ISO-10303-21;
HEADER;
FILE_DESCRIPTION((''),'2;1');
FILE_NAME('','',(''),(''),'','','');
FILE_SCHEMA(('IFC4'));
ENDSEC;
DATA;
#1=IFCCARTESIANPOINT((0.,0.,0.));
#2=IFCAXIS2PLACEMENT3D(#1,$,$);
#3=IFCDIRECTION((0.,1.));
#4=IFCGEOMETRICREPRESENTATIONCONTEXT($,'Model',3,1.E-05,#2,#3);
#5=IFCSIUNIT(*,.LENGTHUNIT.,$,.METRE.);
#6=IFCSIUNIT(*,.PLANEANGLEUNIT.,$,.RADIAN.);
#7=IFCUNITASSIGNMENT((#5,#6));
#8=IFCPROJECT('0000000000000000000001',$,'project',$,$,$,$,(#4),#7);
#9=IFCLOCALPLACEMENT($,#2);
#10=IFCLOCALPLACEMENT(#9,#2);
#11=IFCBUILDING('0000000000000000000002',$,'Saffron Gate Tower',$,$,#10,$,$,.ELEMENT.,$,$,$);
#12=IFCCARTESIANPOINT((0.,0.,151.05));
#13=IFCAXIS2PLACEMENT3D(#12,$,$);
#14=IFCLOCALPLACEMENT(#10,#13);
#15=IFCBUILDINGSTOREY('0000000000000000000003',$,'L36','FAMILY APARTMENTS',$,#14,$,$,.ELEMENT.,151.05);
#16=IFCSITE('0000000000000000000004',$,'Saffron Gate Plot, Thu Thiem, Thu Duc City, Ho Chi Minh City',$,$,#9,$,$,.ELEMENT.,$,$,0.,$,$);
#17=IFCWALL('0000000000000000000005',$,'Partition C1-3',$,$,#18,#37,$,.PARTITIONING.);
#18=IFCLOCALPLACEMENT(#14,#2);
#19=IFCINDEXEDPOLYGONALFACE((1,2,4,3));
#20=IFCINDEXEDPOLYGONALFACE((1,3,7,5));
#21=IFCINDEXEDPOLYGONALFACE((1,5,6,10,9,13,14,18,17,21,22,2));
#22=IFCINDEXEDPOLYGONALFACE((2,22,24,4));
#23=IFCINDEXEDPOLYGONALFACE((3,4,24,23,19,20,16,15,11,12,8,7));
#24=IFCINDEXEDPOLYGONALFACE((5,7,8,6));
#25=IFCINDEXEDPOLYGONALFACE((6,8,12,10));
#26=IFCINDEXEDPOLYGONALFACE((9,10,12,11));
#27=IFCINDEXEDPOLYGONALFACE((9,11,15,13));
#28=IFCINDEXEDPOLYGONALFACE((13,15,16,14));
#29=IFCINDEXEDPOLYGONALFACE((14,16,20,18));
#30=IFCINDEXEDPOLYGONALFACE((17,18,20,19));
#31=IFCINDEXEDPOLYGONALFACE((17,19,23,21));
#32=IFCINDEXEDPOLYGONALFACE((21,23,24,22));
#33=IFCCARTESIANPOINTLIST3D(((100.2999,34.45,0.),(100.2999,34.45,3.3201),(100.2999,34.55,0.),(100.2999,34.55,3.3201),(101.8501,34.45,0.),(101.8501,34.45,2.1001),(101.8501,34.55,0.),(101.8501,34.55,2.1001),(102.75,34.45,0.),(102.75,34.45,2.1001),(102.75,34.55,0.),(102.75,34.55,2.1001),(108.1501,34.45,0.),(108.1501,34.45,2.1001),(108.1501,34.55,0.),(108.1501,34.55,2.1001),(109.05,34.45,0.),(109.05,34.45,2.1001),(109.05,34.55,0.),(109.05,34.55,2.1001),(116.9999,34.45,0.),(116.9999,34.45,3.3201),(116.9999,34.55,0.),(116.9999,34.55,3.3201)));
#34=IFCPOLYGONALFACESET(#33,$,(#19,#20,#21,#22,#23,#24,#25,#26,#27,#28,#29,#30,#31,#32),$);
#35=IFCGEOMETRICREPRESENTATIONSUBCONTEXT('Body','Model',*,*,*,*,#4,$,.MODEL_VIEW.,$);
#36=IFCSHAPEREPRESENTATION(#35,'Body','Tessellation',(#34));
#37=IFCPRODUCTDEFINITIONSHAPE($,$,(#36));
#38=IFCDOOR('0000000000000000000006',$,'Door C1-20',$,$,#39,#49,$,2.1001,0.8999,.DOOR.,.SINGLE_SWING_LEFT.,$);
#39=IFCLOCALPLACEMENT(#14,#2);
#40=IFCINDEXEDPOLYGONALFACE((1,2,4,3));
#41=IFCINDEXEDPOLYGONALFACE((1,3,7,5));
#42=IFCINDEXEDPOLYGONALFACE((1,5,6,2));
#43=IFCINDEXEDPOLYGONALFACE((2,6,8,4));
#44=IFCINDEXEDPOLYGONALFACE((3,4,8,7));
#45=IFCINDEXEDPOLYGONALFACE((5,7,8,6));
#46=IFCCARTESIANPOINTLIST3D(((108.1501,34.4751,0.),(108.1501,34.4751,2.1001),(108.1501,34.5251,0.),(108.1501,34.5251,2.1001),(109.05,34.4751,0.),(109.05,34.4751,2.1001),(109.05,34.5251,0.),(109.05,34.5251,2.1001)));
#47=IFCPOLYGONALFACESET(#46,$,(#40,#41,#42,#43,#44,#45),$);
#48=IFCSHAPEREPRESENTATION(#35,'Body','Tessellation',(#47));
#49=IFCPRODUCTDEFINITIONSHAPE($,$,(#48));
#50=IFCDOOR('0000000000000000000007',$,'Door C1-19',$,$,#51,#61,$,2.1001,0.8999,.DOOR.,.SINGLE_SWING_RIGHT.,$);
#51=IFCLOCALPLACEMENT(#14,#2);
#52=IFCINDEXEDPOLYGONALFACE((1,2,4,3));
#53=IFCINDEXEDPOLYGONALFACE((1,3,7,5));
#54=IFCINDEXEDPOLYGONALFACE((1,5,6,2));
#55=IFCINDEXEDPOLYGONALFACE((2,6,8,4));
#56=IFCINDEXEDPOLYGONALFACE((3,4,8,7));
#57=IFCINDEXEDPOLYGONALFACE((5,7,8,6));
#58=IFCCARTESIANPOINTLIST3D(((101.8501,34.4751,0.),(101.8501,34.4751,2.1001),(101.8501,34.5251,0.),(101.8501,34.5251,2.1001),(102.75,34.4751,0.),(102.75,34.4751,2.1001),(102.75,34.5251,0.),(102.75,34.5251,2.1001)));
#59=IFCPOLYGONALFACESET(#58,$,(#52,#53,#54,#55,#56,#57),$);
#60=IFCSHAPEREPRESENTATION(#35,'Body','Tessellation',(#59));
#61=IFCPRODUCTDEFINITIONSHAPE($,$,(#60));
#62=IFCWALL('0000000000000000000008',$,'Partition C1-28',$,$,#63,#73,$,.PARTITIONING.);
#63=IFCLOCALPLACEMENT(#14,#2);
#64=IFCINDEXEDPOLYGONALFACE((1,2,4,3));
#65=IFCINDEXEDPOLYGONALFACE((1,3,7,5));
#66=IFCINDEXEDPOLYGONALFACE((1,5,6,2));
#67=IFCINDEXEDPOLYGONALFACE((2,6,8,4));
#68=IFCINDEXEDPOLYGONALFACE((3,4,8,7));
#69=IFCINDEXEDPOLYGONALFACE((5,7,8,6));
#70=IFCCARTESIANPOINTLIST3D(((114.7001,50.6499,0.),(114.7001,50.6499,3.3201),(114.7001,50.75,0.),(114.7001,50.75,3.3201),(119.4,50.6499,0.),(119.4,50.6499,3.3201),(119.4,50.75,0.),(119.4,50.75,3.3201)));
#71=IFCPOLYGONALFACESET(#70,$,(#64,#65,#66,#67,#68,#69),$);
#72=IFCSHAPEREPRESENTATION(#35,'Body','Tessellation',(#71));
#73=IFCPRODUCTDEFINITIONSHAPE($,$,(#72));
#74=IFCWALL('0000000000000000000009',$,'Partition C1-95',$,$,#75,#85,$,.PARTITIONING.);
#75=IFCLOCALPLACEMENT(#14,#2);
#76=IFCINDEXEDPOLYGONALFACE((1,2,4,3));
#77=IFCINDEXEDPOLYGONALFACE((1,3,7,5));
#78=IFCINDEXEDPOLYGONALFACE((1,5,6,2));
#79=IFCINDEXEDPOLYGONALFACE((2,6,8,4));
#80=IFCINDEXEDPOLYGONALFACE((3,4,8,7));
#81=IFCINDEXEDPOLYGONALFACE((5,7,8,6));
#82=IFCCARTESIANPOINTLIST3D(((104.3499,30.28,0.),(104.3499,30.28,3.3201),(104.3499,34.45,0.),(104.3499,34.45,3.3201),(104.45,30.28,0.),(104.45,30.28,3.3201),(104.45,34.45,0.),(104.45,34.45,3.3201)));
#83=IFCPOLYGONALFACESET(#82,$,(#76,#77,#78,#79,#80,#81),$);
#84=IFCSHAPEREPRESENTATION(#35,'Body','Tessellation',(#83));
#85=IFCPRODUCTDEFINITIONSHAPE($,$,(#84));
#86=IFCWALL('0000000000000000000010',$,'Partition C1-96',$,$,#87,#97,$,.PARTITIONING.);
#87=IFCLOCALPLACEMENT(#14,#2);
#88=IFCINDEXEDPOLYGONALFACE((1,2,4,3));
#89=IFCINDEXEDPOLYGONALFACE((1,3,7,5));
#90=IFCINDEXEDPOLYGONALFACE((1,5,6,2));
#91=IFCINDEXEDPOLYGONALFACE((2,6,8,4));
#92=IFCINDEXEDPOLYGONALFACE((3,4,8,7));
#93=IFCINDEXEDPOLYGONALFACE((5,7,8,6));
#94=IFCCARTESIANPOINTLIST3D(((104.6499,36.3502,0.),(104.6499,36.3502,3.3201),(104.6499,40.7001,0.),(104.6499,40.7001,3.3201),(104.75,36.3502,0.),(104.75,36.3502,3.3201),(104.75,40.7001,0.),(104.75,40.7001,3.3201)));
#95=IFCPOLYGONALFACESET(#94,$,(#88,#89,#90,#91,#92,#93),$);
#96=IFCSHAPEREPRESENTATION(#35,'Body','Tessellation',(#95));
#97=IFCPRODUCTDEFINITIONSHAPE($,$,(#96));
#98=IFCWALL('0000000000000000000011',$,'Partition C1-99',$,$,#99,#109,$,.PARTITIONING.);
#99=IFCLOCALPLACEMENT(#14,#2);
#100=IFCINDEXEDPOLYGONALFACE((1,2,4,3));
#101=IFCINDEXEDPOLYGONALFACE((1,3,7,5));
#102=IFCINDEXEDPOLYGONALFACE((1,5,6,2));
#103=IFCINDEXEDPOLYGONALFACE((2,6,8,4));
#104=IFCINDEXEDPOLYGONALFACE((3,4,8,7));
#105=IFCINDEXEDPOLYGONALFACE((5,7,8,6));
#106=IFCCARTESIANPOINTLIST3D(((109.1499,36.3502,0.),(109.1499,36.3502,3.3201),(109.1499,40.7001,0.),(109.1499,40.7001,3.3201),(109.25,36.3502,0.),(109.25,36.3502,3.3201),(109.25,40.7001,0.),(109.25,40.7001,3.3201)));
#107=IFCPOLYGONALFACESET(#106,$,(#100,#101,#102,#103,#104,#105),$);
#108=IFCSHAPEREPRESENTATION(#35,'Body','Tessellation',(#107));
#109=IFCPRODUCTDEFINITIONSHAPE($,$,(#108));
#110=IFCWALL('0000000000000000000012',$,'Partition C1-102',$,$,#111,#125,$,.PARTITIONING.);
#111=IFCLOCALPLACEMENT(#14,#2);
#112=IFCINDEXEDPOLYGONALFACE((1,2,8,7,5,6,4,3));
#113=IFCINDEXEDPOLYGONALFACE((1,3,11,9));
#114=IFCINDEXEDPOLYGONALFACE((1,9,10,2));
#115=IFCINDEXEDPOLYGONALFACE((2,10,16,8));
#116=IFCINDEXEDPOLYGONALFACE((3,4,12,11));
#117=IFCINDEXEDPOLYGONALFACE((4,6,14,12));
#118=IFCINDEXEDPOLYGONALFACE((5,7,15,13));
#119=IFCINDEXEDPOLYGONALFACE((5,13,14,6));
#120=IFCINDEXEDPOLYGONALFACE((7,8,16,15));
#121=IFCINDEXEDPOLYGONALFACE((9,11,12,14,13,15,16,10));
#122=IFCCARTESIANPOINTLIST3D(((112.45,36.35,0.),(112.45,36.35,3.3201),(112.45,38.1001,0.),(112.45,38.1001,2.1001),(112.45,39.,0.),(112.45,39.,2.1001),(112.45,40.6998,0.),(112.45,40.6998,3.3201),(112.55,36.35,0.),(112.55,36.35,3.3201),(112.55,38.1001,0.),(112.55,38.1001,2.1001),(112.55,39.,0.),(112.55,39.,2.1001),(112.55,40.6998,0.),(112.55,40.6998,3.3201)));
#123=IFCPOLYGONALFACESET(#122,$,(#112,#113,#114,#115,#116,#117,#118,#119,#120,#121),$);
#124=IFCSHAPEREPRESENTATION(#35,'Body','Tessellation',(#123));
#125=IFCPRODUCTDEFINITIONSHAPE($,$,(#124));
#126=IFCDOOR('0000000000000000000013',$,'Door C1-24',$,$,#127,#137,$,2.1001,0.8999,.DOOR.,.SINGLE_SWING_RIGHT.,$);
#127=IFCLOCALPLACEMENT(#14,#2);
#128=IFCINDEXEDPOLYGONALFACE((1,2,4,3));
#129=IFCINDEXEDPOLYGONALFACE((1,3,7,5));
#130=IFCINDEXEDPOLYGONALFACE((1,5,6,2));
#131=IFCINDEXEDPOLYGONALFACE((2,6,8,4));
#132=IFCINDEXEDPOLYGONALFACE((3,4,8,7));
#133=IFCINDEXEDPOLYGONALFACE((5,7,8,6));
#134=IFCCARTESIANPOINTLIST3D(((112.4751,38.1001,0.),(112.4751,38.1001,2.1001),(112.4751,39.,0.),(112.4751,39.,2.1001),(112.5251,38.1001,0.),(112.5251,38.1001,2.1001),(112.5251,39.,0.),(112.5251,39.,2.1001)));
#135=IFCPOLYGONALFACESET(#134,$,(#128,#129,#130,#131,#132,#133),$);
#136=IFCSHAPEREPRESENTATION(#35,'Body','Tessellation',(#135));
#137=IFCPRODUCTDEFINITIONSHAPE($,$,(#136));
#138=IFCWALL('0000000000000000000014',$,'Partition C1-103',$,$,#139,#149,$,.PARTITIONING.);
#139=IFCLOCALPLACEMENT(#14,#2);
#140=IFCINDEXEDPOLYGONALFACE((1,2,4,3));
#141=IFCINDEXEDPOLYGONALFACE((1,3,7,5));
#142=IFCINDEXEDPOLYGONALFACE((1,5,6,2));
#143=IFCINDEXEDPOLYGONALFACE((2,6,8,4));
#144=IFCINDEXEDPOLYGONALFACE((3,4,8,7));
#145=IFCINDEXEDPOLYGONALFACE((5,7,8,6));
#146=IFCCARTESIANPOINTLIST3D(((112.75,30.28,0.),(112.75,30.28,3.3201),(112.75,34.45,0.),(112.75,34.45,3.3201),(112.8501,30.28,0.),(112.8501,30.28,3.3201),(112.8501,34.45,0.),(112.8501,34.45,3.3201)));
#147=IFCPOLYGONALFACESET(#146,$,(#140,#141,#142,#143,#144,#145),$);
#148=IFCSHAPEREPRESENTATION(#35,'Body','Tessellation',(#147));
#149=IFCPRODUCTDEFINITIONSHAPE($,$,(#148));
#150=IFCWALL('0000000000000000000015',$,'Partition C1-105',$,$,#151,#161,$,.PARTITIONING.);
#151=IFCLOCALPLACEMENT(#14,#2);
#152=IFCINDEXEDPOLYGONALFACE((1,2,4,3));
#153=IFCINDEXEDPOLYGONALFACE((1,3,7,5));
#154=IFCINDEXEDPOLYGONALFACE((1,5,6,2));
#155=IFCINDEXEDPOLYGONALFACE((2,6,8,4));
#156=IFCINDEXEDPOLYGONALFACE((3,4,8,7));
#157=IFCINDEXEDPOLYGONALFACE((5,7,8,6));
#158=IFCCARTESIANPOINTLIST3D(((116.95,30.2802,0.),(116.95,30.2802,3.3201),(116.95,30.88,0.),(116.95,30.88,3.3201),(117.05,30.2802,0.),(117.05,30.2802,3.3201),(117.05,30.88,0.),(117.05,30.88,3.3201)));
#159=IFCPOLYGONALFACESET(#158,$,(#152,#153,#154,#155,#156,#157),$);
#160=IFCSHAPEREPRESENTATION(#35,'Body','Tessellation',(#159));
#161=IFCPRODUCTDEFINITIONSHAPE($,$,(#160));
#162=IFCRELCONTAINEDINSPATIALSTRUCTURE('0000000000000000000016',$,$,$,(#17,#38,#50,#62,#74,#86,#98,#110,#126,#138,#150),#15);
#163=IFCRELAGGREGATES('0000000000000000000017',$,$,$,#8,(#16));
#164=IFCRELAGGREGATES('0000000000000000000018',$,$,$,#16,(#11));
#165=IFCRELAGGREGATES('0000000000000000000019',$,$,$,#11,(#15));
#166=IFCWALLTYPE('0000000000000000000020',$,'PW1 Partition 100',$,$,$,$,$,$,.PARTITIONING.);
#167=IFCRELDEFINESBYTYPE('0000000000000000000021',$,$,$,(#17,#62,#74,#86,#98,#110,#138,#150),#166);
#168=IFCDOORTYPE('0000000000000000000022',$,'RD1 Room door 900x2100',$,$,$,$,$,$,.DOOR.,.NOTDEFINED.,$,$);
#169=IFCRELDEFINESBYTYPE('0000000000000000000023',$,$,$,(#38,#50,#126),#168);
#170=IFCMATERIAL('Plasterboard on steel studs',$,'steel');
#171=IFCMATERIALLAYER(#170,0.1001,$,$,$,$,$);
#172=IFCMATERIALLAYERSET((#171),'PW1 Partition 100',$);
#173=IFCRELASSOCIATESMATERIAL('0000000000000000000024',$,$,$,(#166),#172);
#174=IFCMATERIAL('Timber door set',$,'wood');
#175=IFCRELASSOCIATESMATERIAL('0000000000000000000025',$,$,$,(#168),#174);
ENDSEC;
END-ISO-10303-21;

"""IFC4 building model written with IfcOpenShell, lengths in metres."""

from ifc_helpers import new_model, si_unit, direction, frame, frame_2d, origin, place, context, subcontext, project, spatial, rectangle, extrude, material, layer, layer_set, type_object, element, fill, save


model = new_model("IFC4")

# Units and contexts
model_context = context("Model", 3, precision=1e-05, world=origin(), true_north=direction((0.0, 1.0)))
body_context = subcontext(model_context, "Body", "Model", "MODEL_VIEW")
ifc_project = project(units=[si_unit("LENGTHUNIT", "METRE"), si_unit("PLANEANGLEUNIT", "RADIAN")], contexts=[model_context])

# Site, building, storey
site_placement = place(None, origin())
site = spatial("IfcSite", under=ifc_project, at=site_placement, Name="Saffron Gate Plot, Thu Thiem, Thu Duc City, Ho Chi Minh City", CompositionType="ELEMENT", RefElevation=0.0)
building_placement = place(site_placement, origin())
building = spatial("IfcBuilding", under=site, at=building_placement, Name="Saffron Gate Tower", CompositionType="ELEMENT")
storey_placement = place(building_placement, frame((0.0, 0.0, 151.05)))
storey = spatial("IfcBuildingStorey", under=building, at=storey_placement, Name="L36", Description="FAMILY APARTMENTS", CompositionType="ELEMENT", Elevation=151.05)

# Wall, openings, doors
ifc_material_1 = material(Name="Plasterboard on steel studs", Category="steel")
ifc_layer_1 = layer(ifc_material_1, 0.1001)
ifc_layer_set_1 = layer_set([ifc_layer_1], Name="PW1 Partition 100")
wall_type_1 = type_object("IfcWallType", Name="PW1 Partition 100", PredefinedType="PARTITIONING", material=ifc_layer_set_1)
wall_1_placement = place(storey_placement, frame((117.0, 34.5, 0.0), z_axis=(0.0, 0.0, 1.0), x_axis=(-1.0, 0.0, 0.0)))
wall_1 = element("IfcWall", 1, at=wall_1_placement, inside=storey, type_object=wall_type_1, Name="Partition C1-3", PredefinedType="PARTITIONING", context=body_context, shape_type="SweptSolid", body=[
    extrude(rectangle(XDim=16.7, YDim=0.1001, at=frame_2d((8.3501, 0.0))), origin(), (0.0, 0.0, 1.0), 3.3201),
])
opening_1_placement = place(wall_1_placement, frame((7.95, 0.0, 0.0)))
opening_1 = element("IfcOpeningElement", 2, at=opening_1_placement, cuts=wall_1, PredefinedType="OPENING", context=body_context, shape_type="SweptSolid", body=[
    extrude(rectangle(XDim=0.8999, YDim=2.1001, at=frame_2d((0.45, 1.05))), frame((0.0, 0.0601, 0.0), z_axis=(0.0, -1.0, 0.0), x_axis=(1.0, 0.0, 0.0)), (0.0, 0.0, 1.0), 0.1201),
])
opening_2_placement = place(wall_1_placement, frame((14.25, 0.0, 0.0)))
opening_2 = element("IfcOpeningElement", 3, at=opening_2_placement, cuts=wall_1, PredefinedType="OPENING", context=body_context, shape_type="SweptSolid", body=[
    extrude(rectangle(XDim=0.8999, YDim=2.1001, at=frame_2d((0.45, 1.05))), frame((0.0, 0.0601, 0.0), z_axis=(0.0, -1.0, 0.0), x_axis=(1.0, 0.0, 0.0)), (0.0, 0.0, 1.0), 0.1201),
])
ifc_material_2 = material(Name="Timber door set", Category="wood")
door_type_1 = type_object("IfcDoorType", Name="RD1 Room door 900x2100", OperationType="NOTDEFINED", PredefinedType="DOOR", material=ifc_material_2)
door_1_placement = place(opening_1_placement, origin())
door_1 = element("IfcDoor", 4, at=door_1_placement, inside=storey, type_object=door_type_1, Name="Door C1-20", OperationType="SINGLE_SWING_LEFT", OverallHeight=2.1001, OverallWidth=0.8999, PredefinedType="DOOR", context=body_context, shape_type="SweptSolid", body=[
    extrude(rectangle(XDim=0.8999, YDim=2.1001, at=frame_2d((0.45, 1.05))), frame((0.0, 0.0249, 0.0), z_axis=(0.0, -1.0, 0.0), x_axis=(1.0, 0.0, 0.0)), (0.0, 0.0, 1.0), 0.05),
])
fill(opening_1, door_1)
door_2_placement = place(opening_2_placement, origin())
door_2 = element("IfcDoor", 5, at=door_2_placement, inside=storey, type_object=door_type_1, Name="Door C1-19", OperationType="SINGLE_SWING_RIGHT", OverallHeight=2.1001, OverallWidth=0.8999, PredefinedType="DOOR", context=body_context, shape_type="SweptSolid", body=[
    extrude(rectangle(XDim=0.8999, YDim=2.1001, at=frame_2d((0.45, 1.05))), frame((0.0, 0.0249, 0.0), z_axis=(0.0, -1.0, 0.0), x_axis=(1.0, 0.0, 0.0)), (0.0, 0.0, 1.0), 0.05),
])
fill(opening_2, door_2)

# Walls
wall_2_placement = place(storey_placement, frame((114.7, 50.7, 0.0), z_axis=(0.0, 0.0, 1.0), x_axis=(1.0, 0.0, 0.0)))
element("IfcWall", 6, at=wall_2_placement, inside=storey, type_object=wall_type_1, Name="Partition C1-28", PredefinedType="PARTITIONING", context=body_context, shape_type="SweptSolid", body=[
    extrude(rectangle(XDim=4.7, YDim=0.1001, at=frame_2d((2.3501, 0.0))), origin(), (0.0, 0.0, 1.0), 3.3201),
])
wall_3_placement = place(storey_placement, frame((104.3999, 34.45, 0.0), z_axis=(0.0, 0.0, 1.0), x_axis=(0.0, -1.0, 0.0)))
element("IfcWall", 7, at=wall_3_placement, inside=storey, type_object=wall_type_1, Name="Partition C1-95", PredefinedType="PARTITIONING", context=body_context, shape_type="SweptSolid", body=[
    extrude(rectangle(XDim=4.1699, YDim=0.1001, at=frame_2d((2.085, 0.0))), origin(), (0.0, 0.0, 1.0), 3.3201),
])
for number, where, z_axis, x_axis, name in (
    (8, (104.7, 40.7, 0.0), (0.0, 0.0, 1.0), (0.0, -1.0, 0.0), "Partition C1-96"),
    (9, (109.2, 40.7, 0.0), (0.0, 0.0, 1.0), (0.0, -1.0, 0.0), "Partition C1-99"),
):
    element("IfcWall", number, at=place(storey_placement, frame(where, z_axis=z_axis, x_axis=x_axis)), inside=storey, type_object=wall_type_1, Name=name, PredefinedType="PARTITIONING", context=body_context, shape_type="SweptSolid", body=[
        extrude(rectangle(XDim=4.3499, YDim=0.1001, at=frame_2d((2.1748, 0.0))), origin(), (0.0, 0.0, 1.0), 3.3201),
    ])

# Wall, opening, door
wall_4_placement = place(storey_placement, frame((112.5, 36.3501, 0.0), z_axis=(0.0, 0.0, 1.0), x_axis=(0.0, 1.0, 0.0)))
wall_4 = element("IfcWall", 10, at=wall_4_placement, inside=storey, type_object=wall_type_1, Name="Partition C1-102", PredefinedType="PARTITIONING", context=body_context, shape_type="SweptSolid", body=[
    extrude(rectangle(XDim=4.3499, YDim=0.1001, at=frame_2d((2.1748, 0.0))), origin(), (0.0, 0.0, 1.0), 3.3201),
])
opening_3_placement = place(wall_4_placement, frame((1.75, 0.0, 0.0)))
opening_3 = element("IfcOpeningElement", 11, at=opening_3_placement, cuts=wall_4, PredefinedType="OPENING", context=body_context, shape_type="SweptSolid", body=[
    extrude(rectangle(XDim=0.8999, YDim=2.1001, at=frame_2d((0.45, 1.05))), frame((0.0, 0.0601, 0.0), z_axis=(0.0, -1.0, 0.0), x_axis=(1.0, 0.0, 0.0)), (0.0, 0.0, 1.0), 0.1201),
])
door_3_placement = place(opening_3_placement, origin())
door_3 = element("IfcDoor", 12, at=door_3_placement, inside=storey, type_object=door_type_1, Name="Door C1-24", OperationType="SINGLE_SWING_RIGHT", OverallHeight=2.1001, OverallWidth=0.8999, PredefinedType="DOOR", context=body_context, shape_type="SweptSolid", body=[
    extrude(rectangle(XDim=0.8999, YDim=2.1001, at=frame_2d((0.45, 1.05))), frame((0.0, 0.0249, 0.0), z_axis=(0.0, -1.0, 0.0), x_axis=(1.0, 0.0, 0.0)), (0.0, 0.0, 1.0), 0.05),
])
fill(opening_3, door_3)

# Walls
wall_5_placement = place(storey_placement, frame((112.8, 34.45, 0.0), z_axis=(0.0, 0.0, 1.0), x_axis=(0.0, -1.0, 0.0)))
element("IfcWall", 13, at=wall_5_placement, inside=storey, type_object=wall_type_1, Name="Partition C1-103", PredefinedType="PARTITIONING", context=body_context, shape_type="SweptSolid", body=[
    extrude(rectangle(XDim=4.1699, YDim=0.1001, at=frame_2d((2.085, 0.0))), origin(), (0.0, 0.0, 1.0), 3.3201),
])
wall_6_placement = place(storey_placement, frame((117.0, 30.8799, 0.0), z_axis=(0.0, 0.0, 1.0), x_axis=(0.0, -1.0, 0.0)))
element("IfcWall", 14, at=wall_6_placement, inside=storey, type_object=wall_type_1, Name="Partition C1-105", PredefinedType="PARTITIONING", context=body_context, shape_type="SweptSolid", body=[
    extrude(rectangle(XDim=0.5999, YDim=0.1001, at=frame_2d((0.2998, 0.0))), origin(), (0.0, 0.0, 1.0), 3.3201),
])

save(model, "model.ifc")
